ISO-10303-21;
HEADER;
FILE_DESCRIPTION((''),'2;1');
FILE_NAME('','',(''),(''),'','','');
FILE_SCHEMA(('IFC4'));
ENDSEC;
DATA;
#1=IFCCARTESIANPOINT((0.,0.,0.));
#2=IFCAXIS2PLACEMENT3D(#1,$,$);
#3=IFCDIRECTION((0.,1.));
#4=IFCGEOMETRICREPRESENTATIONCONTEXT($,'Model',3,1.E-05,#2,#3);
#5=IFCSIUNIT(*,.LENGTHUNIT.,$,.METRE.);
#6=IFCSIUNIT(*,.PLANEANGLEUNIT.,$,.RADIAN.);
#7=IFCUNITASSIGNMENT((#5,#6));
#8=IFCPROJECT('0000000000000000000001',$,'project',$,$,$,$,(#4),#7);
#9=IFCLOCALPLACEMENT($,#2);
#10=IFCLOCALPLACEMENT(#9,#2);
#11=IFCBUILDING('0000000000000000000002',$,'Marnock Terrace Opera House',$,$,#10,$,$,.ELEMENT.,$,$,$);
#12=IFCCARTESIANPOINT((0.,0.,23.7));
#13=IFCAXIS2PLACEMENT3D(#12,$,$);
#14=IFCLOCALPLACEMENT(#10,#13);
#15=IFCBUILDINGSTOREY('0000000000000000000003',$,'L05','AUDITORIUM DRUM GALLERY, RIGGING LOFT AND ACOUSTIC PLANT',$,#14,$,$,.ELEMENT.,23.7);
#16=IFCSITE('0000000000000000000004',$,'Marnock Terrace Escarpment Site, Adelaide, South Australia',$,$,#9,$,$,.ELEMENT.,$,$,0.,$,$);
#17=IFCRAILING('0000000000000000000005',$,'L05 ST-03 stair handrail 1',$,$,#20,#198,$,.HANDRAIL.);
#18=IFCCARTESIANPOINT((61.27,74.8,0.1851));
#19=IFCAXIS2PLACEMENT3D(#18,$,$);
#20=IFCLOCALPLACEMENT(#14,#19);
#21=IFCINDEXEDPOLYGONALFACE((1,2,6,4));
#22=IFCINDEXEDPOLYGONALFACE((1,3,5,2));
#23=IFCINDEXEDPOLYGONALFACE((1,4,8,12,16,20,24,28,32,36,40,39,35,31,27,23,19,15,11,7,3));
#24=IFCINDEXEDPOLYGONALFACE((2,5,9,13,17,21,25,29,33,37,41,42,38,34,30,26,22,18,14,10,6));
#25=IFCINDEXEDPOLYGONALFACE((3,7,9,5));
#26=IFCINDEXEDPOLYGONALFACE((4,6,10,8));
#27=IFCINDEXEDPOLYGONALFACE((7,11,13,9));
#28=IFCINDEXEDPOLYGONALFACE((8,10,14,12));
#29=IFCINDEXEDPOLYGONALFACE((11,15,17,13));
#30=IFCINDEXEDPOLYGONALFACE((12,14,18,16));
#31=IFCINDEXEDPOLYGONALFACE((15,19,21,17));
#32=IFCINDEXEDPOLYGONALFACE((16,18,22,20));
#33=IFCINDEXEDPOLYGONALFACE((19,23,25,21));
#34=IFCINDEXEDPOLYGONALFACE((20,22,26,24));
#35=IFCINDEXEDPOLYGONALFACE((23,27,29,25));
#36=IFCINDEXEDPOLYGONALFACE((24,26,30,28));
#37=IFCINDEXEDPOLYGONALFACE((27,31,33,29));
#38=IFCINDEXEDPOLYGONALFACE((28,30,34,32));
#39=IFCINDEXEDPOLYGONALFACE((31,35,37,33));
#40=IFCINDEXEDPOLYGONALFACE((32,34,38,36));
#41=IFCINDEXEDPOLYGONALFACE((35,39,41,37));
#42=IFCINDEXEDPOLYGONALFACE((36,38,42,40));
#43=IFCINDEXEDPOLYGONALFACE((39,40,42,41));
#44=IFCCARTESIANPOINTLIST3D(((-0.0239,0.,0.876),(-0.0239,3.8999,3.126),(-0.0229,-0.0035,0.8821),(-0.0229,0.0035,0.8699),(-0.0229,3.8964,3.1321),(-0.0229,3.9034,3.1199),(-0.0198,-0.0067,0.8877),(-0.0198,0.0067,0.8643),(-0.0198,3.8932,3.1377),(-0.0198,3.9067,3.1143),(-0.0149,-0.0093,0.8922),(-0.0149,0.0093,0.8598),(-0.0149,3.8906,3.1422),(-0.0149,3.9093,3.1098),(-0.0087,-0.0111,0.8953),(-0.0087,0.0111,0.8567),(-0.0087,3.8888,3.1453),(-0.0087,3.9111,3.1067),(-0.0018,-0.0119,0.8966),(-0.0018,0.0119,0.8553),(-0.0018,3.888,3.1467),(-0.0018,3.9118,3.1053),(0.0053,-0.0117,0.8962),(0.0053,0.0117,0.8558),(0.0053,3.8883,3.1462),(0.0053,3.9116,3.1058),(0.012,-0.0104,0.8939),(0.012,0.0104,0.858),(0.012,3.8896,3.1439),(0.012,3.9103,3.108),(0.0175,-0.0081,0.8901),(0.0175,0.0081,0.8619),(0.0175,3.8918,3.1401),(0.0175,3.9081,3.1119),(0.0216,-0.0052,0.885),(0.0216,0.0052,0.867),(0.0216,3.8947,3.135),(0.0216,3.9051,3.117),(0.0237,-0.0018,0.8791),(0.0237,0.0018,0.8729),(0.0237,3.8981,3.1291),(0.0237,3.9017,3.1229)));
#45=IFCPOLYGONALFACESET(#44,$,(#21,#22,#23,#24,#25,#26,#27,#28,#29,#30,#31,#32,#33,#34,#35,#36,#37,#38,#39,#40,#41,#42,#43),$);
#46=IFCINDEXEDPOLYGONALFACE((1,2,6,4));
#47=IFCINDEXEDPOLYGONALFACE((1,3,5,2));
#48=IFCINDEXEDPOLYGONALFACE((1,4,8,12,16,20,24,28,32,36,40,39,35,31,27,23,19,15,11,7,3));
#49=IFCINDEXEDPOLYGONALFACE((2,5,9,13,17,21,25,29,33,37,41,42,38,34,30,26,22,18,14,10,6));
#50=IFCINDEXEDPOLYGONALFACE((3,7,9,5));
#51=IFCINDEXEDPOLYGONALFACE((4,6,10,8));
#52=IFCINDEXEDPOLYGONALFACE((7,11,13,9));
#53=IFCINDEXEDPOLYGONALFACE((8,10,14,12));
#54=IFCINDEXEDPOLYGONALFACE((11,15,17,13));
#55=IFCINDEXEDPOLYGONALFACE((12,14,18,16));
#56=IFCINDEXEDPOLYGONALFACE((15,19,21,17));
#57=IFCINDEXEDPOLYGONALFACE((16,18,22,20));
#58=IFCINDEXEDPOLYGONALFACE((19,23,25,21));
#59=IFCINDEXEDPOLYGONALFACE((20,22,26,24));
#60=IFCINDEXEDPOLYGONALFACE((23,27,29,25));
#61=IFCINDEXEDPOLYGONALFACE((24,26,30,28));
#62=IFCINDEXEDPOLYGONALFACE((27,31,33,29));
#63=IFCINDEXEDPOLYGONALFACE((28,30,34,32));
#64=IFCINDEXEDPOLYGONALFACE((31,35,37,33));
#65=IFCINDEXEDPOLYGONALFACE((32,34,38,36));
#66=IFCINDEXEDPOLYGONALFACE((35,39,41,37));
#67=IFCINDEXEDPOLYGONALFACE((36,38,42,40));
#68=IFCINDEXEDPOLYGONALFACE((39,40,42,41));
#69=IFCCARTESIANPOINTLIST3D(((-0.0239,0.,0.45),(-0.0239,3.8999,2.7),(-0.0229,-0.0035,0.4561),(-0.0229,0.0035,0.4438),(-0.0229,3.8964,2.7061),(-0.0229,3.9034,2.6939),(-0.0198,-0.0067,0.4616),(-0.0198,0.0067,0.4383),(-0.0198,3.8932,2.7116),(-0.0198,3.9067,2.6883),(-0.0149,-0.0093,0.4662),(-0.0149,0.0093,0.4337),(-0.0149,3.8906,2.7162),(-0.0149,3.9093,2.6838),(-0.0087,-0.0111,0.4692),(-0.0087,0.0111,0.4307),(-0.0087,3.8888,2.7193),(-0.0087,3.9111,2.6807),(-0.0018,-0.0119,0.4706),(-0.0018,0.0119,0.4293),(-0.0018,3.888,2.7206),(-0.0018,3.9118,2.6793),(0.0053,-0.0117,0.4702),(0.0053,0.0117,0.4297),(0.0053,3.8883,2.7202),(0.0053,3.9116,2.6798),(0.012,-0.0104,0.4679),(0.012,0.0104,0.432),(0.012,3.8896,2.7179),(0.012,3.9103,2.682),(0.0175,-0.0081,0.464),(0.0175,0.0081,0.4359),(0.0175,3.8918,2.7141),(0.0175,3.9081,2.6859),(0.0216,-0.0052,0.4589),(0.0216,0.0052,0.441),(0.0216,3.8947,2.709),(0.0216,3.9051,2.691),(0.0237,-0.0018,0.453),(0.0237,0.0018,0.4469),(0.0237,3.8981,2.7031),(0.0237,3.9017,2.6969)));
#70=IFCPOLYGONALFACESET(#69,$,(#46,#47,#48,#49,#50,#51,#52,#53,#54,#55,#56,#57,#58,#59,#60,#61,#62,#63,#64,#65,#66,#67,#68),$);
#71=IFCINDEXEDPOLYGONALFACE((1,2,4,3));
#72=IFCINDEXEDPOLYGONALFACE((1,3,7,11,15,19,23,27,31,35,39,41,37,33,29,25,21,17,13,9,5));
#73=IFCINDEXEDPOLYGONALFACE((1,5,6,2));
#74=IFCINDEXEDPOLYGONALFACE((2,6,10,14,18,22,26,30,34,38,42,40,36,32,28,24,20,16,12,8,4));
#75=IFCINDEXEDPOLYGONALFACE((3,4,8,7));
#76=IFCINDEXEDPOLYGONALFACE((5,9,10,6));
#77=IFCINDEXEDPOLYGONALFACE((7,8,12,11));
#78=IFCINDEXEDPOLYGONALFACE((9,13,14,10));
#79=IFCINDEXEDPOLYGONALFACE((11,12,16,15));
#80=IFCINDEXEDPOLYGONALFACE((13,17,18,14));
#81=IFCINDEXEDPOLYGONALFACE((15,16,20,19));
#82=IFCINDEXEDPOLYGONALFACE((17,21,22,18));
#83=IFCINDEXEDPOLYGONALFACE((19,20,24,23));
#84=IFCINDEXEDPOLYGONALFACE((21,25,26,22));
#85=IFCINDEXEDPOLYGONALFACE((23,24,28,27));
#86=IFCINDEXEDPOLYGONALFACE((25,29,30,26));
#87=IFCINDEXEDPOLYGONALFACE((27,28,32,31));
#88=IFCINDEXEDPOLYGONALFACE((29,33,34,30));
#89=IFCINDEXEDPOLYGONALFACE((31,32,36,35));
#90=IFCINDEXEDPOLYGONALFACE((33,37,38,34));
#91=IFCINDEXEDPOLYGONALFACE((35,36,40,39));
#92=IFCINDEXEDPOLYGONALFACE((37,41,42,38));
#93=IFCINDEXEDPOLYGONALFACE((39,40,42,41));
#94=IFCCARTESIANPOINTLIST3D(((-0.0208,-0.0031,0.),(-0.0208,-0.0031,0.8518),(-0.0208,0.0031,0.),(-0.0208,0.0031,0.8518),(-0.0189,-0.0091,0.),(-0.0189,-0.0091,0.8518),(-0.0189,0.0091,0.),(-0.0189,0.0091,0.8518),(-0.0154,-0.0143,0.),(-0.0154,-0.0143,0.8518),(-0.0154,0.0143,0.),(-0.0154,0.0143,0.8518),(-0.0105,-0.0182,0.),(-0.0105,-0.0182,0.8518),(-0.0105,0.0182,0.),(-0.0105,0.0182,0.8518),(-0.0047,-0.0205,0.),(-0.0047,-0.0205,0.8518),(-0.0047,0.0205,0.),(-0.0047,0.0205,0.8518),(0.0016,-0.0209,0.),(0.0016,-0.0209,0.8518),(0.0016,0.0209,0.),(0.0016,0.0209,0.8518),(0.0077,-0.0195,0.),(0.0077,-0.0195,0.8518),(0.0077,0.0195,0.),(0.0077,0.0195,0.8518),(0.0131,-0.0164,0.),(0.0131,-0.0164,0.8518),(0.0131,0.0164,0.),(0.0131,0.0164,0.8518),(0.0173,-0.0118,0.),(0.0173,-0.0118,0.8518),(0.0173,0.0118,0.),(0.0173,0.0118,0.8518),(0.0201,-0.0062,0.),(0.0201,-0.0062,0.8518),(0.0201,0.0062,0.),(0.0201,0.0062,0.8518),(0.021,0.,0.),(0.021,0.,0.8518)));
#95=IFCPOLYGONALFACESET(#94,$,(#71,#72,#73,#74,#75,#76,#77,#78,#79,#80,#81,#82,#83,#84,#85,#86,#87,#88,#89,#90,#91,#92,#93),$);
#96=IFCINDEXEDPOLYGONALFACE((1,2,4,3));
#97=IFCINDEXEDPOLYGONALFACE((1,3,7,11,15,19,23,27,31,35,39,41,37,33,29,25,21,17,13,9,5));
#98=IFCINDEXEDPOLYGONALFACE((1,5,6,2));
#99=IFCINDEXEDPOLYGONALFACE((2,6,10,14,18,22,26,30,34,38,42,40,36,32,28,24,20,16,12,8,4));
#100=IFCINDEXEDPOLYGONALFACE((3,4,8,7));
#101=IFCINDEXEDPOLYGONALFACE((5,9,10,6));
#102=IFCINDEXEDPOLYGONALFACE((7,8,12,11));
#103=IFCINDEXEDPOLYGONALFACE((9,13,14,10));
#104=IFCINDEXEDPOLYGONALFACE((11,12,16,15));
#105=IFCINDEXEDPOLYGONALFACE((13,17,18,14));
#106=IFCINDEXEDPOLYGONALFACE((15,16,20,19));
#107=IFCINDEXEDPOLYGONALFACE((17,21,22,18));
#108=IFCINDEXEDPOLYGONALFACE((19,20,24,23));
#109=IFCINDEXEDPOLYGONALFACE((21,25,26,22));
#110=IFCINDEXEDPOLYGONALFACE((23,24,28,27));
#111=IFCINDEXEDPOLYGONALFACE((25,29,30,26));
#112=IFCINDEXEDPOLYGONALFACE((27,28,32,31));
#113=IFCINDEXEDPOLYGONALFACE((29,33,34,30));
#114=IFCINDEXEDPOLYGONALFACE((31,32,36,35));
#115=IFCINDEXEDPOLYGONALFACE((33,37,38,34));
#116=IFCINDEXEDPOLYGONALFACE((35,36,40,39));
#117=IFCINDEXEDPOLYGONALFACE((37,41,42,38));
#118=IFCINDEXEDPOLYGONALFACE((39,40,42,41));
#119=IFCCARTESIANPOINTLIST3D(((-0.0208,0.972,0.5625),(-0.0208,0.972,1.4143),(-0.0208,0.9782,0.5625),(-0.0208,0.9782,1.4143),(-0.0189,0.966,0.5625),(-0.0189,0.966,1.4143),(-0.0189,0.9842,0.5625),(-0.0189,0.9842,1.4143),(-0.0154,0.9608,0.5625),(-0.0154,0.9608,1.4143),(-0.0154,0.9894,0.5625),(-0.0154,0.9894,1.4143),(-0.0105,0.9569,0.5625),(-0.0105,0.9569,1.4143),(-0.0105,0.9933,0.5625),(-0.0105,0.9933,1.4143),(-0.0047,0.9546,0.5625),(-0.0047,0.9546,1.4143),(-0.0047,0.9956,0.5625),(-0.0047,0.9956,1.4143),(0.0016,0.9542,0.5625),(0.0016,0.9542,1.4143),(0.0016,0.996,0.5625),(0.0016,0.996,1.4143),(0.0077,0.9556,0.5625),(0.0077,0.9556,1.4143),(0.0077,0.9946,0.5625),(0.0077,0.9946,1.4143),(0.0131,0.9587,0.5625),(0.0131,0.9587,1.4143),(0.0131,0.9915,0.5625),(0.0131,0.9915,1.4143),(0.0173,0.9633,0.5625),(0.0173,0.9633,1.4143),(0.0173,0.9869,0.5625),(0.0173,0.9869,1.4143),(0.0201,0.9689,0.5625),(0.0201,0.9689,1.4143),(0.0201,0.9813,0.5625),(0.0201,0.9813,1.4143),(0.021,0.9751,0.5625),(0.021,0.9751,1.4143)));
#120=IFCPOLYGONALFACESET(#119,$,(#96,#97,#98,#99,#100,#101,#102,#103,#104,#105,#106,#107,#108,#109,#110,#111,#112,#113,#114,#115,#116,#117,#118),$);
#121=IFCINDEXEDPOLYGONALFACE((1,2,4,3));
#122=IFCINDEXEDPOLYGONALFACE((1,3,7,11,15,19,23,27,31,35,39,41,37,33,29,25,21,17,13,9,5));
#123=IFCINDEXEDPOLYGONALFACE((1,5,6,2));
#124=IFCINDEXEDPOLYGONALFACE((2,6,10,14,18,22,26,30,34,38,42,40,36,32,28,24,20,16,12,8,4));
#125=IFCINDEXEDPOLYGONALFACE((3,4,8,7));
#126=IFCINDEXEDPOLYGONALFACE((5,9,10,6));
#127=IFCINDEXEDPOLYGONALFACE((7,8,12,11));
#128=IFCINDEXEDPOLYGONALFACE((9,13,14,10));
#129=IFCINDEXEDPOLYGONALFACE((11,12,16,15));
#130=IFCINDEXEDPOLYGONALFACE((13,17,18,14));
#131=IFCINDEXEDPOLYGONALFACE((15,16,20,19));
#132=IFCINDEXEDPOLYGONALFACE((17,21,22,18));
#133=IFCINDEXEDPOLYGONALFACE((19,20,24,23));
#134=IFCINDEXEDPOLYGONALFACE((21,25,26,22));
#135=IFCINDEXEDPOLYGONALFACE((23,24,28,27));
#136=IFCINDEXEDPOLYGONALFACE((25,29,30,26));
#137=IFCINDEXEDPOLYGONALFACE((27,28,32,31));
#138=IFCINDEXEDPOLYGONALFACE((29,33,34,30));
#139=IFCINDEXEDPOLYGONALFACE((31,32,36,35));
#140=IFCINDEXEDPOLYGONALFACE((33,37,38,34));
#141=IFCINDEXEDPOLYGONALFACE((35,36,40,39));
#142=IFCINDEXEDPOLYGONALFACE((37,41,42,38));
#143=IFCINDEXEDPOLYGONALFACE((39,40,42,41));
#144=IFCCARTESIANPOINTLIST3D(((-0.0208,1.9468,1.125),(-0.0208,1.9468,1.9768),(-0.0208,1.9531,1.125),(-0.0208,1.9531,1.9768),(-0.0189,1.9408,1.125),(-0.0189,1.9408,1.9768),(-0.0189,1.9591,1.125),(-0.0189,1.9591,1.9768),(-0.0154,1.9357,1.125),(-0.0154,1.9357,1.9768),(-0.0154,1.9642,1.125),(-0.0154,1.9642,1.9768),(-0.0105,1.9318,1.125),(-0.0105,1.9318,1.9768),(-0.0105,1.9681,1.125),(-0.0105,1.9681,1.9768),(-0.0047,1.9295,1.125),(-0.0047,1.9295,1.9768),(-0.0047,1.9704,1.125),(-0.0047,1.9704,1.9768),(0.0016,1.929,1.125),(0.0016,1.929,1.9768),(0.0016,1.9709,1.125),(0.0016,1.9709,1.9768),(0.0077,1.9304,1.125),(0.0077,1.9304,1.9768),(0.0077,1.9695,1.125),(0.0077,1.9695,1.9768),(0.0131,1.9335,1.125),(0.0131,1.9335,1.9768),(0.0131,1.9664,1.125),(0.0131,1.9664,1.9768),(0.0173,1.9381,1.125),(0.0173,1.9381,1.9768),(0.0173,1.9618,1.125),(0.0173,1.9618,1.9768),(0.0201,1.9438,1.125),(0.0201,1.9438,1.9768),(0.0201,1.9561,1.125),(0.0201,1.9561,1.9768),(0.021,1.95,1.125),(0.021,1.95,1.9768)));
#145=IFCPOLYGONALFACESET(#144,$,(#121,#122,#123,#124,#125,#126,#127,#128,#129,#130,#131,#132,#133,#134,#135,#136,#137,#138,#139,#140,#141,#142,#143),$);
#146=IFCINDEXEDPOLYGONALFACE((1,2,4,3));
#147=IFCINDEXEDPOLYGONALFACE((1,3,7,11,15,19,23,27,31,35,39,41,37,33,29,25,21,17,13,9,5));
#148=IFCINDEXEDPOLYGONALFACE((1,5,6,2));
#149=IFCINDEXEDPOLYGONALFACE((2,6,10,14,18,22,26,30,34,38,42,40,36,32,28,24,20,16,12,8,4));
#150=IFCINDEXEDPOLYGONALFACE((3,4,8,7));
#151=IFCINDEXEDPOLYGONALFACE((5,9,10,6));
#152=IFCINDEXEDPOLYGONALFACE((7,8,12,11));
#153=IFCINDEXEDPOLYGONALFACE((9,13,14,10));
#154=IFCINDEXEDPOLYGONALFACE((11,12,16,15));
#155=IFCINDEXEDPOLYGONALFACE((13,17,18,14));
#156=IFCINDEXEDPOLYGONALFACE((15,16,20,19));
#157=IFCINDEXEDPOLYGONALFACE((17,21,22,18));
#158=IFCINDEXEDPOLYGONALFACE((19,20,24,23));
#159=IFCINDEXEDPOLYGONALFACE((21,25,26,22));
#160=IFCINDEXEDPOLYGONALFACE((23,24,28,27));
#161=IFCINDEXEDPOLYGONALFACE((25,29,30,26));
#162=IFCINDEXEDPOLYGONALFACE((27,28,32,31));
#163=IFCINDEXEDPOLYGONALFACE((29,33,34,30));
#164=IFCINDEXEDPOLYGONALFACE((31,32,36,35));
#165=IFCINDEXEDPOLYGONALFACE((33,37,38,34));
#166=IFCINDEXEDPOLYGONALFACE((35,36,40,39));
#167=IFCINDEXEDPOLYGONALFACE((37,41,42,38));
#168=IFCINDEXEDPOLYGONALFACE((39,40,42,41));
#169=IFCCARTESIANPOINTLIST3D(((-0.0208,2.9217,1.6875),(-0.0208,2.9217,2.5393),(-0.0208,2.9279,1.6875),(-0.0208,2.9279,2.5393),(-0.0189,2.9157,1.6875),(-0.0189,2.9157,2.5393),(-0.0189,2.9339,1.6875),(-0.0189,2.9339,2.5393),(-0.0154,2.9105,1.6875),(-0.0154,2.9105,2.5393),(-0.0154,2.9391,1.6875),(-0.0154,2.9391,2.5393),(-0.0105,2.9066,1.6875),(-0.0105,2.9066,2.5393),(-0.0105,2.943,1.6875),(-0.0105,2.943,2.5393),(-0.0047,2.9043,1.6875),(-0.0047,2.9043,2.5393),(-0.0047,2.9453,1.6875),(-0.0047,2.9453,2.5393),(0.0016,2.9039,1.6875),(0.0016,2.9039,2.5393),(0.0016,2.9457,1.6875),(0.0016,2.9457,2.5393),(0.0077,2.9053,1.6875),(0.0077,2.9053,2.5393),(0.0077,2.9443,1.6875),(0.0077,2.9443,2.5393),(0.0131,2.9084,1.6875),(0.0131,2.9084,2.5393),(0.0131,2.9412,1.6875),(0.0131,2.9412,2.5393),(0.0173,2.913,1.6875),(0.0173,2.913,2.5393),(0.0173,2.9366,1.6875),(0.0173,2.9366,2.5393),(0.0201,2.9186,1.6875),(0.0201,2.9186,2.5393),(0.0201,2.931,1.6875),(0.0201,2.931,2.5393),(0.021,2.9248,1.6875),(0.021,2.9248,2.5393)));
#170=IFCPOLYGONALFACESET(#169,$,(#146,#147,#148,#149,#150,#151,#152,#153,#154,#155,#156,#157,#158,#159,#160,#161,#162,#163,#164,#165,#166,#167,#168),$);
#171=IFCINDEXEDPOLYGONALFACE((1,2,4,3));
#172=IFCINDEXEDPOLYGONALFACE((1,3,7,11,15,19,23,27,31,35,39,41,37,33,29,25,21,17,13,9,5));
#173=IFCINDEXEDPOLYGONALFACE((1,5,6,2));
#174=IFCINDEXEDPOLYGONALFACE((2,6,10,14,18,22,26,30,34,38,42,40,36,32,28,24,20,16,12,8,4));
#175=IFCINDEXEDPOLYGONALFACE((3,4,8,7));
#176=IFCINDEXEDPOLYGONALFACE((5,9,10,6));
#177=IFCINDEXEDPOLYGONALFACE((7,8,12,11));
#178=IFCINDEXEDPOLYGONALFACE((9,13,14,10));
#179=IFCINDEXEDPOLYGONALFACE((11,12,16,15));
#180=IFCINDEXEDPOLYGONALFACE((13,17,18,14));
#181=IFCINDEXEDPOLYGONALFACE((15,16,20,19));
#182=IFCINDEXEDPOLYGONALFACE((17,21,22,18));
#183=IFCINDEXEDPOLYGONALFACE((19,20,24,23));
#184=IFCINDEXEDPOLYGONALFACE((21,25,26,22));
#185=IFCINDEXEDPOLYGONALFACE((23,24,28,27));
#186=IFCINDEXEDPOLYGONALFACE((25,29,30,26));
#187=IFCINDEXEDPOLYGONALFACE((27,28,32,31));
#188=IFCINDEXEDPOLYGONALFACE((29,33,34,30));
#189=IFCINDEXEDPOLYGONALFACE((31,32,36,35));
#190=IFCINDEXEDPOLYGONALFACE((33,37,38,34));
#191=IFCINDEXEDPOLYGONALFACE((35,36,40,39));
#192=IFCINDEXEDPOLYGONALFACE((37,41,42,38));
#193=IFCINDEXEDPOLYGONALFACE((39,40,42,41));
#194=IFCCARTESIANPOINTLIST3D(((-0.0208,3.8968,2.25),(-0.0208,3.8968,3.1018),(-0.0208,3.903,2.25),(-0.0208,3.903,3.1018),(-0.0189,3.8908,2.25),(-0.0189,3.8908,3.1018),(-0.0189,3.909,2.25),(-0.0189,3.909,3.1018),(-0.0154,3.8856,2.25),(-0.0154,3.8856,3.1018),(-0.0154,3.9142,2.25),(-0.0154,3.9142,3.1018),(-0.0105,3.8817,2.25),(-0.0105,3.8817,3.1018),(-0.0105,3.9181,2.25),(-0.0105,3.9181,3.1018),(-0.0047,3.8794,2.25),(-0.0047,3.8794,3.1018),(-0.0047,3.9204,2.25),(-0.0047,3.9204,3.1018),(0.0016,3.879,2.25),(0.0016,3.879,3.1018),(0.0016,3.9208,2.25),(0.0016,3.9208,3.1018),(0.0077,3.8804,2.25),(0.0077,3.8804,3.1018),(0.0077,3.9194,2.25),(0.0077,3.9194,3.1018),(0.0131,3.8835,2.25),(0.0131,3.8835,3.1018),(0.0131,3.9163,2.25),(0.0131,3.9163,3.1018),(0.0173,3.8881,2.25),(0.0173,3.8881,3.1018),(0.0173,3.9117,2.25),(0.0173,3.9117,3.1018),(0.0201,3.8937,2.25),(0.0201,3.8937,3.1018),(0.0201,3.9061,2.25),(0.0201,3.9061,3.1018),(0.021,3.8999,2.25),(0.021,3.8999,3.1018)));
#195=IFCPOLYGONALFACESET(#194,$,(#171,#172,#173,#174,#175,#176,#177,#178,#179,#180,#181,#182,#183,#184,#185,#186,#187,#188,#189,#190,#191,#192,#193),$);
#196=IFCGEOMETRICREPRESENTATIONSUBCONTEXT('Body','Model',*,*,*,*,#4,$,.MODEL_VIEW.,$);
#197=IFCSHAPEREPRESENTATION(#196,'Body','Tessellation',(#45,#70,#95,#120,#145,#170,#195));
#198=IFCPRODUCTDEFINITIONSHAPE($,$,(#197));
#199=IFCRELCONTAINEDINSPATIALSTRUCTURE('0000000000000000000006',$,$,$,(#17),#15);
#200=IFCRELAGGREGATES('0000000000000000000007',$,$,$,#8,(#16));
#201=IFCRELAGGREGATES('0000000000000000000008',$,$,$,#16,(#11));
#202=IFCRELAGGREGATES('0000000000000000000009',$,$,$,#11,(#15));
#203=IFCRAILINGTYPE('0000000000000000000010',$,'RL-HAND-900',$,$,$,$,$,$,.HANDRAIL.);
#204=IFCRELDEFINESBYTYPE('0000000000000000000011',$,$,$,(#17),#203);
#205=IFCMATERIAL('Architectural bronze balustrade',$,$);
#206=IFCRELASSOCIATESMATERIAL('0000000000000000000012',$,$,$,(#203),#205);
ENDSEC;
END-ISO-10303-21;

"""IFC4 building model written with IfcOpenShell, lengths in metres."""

from ifc_helpers import new_model, si_unit, direction, frame, origin, origin_2d, place, context, subcontext, project, spatial, circle, extrude, material, type_object, element, save


model = new_model("IFC4")

# Units and contexts
model_context = context("Model", 3, precision=1e-05, world=origin(), true_north=direction((0.0, 1.0)))
body_context = subcontext(model_context, "Body", "Model", "MODEL_VIEW")
ifc_project = project(units=[si_unit("LENGTHUNIT", "METRE"), si_unit("PLANEANGLEUNIT", "RADIAN")], contexts=[model_context])

# Site, building, storey
site_placement = place(None, origin())
site = spatial("IfcSite", under=ifc_project, at=site_placement, Name="Marnock Terrace Escarpment Site, Adelaide, South Australia", CompositionType="ELEMENT", RefElevation=0.0)
building_placement = place(site_placement, origin())
building = spatial("IfcBuilding", under=site, at=building_placement, Name="Marnock Terrace Opera House", CompositionType="ELEMENT")
storey_placement = place(building_placement, frame((0.0, 0.0, 23.7)))
storey = spatial("IfcBuildingStorey", under=building, at=storey_placement, Name="L05", Description="AUDITORIUM DRUM GALLERY, RIGGING LOFT AND ACOUSTIC PLANT", CompositionType="ELEMENT", Elevation=23.7)

# Railing
ifc_material_1 = material(Name="Architectural bronze balustrade")
railing_type_1 = type_object("IfcRailingType", Name="RL-HAND-900", PredefinedType="HANDRAIL", material=ifc_material_1)
railing_1_placement = place(storey_placement, frame((61.27, 74.8, 0.1851)))
element("IfcRailing", 1, at=railing_1_placement, inside=storey, type_object=railing_type_1, Name="L05 ST-03 stair handrail 1", PredefinedType="HANDRAIL", context=body_context, shape_type="SweptSolid", body=[
    extrude(circle(Radius=0.0239, at=origin_2d()), frame((0.0, 0.0, 0.876), z_axis=(0.0, 0.86618, 0.499732), x_axis=(-1.0, 0.0, 0.0)), (0.0, 0.0, 1.0), 4.5024),
    extrude(circle(Radius=0.0239, at=origin_2d()), frame((0.0, 0.0, 0.45), z_axis=(0.0, 0.86618, 0.499732), x_axis=(-1.0, 0.0, 0.0)), (0.0, 0.0, 1.0), 4.5024),
    extrude(circle(Radius=0.021, at=origin_2d()), origin(), (0.0, 0.0, 1.0), 0.8518),
    extrude(circle(Radius=0.021, at=origin_2d()), frame((0.0, 0.9751, 0.5625)), (0.0, 0.0, 1.0), 0.8518),
    extrude(circle(Radius=0.021, at=origin_2d()), frame((0.0, 1.95, 1.125)), (0.0, 0.0, 1.0), 0.8518),
    extrude(circle(Radius=0.021, at=origin_2d()), frame((0.0, 2.9248, 1.6875)), (0.0, 0.0, 1.0), 0.8518),
    extrude(circle(Radius=0.021, at=origin_2d()), frame((0.0, 3.8999, 2.25)), (0.0, 0.0, 1.0), 0.8518),
])

save(model, "model.ifc")
